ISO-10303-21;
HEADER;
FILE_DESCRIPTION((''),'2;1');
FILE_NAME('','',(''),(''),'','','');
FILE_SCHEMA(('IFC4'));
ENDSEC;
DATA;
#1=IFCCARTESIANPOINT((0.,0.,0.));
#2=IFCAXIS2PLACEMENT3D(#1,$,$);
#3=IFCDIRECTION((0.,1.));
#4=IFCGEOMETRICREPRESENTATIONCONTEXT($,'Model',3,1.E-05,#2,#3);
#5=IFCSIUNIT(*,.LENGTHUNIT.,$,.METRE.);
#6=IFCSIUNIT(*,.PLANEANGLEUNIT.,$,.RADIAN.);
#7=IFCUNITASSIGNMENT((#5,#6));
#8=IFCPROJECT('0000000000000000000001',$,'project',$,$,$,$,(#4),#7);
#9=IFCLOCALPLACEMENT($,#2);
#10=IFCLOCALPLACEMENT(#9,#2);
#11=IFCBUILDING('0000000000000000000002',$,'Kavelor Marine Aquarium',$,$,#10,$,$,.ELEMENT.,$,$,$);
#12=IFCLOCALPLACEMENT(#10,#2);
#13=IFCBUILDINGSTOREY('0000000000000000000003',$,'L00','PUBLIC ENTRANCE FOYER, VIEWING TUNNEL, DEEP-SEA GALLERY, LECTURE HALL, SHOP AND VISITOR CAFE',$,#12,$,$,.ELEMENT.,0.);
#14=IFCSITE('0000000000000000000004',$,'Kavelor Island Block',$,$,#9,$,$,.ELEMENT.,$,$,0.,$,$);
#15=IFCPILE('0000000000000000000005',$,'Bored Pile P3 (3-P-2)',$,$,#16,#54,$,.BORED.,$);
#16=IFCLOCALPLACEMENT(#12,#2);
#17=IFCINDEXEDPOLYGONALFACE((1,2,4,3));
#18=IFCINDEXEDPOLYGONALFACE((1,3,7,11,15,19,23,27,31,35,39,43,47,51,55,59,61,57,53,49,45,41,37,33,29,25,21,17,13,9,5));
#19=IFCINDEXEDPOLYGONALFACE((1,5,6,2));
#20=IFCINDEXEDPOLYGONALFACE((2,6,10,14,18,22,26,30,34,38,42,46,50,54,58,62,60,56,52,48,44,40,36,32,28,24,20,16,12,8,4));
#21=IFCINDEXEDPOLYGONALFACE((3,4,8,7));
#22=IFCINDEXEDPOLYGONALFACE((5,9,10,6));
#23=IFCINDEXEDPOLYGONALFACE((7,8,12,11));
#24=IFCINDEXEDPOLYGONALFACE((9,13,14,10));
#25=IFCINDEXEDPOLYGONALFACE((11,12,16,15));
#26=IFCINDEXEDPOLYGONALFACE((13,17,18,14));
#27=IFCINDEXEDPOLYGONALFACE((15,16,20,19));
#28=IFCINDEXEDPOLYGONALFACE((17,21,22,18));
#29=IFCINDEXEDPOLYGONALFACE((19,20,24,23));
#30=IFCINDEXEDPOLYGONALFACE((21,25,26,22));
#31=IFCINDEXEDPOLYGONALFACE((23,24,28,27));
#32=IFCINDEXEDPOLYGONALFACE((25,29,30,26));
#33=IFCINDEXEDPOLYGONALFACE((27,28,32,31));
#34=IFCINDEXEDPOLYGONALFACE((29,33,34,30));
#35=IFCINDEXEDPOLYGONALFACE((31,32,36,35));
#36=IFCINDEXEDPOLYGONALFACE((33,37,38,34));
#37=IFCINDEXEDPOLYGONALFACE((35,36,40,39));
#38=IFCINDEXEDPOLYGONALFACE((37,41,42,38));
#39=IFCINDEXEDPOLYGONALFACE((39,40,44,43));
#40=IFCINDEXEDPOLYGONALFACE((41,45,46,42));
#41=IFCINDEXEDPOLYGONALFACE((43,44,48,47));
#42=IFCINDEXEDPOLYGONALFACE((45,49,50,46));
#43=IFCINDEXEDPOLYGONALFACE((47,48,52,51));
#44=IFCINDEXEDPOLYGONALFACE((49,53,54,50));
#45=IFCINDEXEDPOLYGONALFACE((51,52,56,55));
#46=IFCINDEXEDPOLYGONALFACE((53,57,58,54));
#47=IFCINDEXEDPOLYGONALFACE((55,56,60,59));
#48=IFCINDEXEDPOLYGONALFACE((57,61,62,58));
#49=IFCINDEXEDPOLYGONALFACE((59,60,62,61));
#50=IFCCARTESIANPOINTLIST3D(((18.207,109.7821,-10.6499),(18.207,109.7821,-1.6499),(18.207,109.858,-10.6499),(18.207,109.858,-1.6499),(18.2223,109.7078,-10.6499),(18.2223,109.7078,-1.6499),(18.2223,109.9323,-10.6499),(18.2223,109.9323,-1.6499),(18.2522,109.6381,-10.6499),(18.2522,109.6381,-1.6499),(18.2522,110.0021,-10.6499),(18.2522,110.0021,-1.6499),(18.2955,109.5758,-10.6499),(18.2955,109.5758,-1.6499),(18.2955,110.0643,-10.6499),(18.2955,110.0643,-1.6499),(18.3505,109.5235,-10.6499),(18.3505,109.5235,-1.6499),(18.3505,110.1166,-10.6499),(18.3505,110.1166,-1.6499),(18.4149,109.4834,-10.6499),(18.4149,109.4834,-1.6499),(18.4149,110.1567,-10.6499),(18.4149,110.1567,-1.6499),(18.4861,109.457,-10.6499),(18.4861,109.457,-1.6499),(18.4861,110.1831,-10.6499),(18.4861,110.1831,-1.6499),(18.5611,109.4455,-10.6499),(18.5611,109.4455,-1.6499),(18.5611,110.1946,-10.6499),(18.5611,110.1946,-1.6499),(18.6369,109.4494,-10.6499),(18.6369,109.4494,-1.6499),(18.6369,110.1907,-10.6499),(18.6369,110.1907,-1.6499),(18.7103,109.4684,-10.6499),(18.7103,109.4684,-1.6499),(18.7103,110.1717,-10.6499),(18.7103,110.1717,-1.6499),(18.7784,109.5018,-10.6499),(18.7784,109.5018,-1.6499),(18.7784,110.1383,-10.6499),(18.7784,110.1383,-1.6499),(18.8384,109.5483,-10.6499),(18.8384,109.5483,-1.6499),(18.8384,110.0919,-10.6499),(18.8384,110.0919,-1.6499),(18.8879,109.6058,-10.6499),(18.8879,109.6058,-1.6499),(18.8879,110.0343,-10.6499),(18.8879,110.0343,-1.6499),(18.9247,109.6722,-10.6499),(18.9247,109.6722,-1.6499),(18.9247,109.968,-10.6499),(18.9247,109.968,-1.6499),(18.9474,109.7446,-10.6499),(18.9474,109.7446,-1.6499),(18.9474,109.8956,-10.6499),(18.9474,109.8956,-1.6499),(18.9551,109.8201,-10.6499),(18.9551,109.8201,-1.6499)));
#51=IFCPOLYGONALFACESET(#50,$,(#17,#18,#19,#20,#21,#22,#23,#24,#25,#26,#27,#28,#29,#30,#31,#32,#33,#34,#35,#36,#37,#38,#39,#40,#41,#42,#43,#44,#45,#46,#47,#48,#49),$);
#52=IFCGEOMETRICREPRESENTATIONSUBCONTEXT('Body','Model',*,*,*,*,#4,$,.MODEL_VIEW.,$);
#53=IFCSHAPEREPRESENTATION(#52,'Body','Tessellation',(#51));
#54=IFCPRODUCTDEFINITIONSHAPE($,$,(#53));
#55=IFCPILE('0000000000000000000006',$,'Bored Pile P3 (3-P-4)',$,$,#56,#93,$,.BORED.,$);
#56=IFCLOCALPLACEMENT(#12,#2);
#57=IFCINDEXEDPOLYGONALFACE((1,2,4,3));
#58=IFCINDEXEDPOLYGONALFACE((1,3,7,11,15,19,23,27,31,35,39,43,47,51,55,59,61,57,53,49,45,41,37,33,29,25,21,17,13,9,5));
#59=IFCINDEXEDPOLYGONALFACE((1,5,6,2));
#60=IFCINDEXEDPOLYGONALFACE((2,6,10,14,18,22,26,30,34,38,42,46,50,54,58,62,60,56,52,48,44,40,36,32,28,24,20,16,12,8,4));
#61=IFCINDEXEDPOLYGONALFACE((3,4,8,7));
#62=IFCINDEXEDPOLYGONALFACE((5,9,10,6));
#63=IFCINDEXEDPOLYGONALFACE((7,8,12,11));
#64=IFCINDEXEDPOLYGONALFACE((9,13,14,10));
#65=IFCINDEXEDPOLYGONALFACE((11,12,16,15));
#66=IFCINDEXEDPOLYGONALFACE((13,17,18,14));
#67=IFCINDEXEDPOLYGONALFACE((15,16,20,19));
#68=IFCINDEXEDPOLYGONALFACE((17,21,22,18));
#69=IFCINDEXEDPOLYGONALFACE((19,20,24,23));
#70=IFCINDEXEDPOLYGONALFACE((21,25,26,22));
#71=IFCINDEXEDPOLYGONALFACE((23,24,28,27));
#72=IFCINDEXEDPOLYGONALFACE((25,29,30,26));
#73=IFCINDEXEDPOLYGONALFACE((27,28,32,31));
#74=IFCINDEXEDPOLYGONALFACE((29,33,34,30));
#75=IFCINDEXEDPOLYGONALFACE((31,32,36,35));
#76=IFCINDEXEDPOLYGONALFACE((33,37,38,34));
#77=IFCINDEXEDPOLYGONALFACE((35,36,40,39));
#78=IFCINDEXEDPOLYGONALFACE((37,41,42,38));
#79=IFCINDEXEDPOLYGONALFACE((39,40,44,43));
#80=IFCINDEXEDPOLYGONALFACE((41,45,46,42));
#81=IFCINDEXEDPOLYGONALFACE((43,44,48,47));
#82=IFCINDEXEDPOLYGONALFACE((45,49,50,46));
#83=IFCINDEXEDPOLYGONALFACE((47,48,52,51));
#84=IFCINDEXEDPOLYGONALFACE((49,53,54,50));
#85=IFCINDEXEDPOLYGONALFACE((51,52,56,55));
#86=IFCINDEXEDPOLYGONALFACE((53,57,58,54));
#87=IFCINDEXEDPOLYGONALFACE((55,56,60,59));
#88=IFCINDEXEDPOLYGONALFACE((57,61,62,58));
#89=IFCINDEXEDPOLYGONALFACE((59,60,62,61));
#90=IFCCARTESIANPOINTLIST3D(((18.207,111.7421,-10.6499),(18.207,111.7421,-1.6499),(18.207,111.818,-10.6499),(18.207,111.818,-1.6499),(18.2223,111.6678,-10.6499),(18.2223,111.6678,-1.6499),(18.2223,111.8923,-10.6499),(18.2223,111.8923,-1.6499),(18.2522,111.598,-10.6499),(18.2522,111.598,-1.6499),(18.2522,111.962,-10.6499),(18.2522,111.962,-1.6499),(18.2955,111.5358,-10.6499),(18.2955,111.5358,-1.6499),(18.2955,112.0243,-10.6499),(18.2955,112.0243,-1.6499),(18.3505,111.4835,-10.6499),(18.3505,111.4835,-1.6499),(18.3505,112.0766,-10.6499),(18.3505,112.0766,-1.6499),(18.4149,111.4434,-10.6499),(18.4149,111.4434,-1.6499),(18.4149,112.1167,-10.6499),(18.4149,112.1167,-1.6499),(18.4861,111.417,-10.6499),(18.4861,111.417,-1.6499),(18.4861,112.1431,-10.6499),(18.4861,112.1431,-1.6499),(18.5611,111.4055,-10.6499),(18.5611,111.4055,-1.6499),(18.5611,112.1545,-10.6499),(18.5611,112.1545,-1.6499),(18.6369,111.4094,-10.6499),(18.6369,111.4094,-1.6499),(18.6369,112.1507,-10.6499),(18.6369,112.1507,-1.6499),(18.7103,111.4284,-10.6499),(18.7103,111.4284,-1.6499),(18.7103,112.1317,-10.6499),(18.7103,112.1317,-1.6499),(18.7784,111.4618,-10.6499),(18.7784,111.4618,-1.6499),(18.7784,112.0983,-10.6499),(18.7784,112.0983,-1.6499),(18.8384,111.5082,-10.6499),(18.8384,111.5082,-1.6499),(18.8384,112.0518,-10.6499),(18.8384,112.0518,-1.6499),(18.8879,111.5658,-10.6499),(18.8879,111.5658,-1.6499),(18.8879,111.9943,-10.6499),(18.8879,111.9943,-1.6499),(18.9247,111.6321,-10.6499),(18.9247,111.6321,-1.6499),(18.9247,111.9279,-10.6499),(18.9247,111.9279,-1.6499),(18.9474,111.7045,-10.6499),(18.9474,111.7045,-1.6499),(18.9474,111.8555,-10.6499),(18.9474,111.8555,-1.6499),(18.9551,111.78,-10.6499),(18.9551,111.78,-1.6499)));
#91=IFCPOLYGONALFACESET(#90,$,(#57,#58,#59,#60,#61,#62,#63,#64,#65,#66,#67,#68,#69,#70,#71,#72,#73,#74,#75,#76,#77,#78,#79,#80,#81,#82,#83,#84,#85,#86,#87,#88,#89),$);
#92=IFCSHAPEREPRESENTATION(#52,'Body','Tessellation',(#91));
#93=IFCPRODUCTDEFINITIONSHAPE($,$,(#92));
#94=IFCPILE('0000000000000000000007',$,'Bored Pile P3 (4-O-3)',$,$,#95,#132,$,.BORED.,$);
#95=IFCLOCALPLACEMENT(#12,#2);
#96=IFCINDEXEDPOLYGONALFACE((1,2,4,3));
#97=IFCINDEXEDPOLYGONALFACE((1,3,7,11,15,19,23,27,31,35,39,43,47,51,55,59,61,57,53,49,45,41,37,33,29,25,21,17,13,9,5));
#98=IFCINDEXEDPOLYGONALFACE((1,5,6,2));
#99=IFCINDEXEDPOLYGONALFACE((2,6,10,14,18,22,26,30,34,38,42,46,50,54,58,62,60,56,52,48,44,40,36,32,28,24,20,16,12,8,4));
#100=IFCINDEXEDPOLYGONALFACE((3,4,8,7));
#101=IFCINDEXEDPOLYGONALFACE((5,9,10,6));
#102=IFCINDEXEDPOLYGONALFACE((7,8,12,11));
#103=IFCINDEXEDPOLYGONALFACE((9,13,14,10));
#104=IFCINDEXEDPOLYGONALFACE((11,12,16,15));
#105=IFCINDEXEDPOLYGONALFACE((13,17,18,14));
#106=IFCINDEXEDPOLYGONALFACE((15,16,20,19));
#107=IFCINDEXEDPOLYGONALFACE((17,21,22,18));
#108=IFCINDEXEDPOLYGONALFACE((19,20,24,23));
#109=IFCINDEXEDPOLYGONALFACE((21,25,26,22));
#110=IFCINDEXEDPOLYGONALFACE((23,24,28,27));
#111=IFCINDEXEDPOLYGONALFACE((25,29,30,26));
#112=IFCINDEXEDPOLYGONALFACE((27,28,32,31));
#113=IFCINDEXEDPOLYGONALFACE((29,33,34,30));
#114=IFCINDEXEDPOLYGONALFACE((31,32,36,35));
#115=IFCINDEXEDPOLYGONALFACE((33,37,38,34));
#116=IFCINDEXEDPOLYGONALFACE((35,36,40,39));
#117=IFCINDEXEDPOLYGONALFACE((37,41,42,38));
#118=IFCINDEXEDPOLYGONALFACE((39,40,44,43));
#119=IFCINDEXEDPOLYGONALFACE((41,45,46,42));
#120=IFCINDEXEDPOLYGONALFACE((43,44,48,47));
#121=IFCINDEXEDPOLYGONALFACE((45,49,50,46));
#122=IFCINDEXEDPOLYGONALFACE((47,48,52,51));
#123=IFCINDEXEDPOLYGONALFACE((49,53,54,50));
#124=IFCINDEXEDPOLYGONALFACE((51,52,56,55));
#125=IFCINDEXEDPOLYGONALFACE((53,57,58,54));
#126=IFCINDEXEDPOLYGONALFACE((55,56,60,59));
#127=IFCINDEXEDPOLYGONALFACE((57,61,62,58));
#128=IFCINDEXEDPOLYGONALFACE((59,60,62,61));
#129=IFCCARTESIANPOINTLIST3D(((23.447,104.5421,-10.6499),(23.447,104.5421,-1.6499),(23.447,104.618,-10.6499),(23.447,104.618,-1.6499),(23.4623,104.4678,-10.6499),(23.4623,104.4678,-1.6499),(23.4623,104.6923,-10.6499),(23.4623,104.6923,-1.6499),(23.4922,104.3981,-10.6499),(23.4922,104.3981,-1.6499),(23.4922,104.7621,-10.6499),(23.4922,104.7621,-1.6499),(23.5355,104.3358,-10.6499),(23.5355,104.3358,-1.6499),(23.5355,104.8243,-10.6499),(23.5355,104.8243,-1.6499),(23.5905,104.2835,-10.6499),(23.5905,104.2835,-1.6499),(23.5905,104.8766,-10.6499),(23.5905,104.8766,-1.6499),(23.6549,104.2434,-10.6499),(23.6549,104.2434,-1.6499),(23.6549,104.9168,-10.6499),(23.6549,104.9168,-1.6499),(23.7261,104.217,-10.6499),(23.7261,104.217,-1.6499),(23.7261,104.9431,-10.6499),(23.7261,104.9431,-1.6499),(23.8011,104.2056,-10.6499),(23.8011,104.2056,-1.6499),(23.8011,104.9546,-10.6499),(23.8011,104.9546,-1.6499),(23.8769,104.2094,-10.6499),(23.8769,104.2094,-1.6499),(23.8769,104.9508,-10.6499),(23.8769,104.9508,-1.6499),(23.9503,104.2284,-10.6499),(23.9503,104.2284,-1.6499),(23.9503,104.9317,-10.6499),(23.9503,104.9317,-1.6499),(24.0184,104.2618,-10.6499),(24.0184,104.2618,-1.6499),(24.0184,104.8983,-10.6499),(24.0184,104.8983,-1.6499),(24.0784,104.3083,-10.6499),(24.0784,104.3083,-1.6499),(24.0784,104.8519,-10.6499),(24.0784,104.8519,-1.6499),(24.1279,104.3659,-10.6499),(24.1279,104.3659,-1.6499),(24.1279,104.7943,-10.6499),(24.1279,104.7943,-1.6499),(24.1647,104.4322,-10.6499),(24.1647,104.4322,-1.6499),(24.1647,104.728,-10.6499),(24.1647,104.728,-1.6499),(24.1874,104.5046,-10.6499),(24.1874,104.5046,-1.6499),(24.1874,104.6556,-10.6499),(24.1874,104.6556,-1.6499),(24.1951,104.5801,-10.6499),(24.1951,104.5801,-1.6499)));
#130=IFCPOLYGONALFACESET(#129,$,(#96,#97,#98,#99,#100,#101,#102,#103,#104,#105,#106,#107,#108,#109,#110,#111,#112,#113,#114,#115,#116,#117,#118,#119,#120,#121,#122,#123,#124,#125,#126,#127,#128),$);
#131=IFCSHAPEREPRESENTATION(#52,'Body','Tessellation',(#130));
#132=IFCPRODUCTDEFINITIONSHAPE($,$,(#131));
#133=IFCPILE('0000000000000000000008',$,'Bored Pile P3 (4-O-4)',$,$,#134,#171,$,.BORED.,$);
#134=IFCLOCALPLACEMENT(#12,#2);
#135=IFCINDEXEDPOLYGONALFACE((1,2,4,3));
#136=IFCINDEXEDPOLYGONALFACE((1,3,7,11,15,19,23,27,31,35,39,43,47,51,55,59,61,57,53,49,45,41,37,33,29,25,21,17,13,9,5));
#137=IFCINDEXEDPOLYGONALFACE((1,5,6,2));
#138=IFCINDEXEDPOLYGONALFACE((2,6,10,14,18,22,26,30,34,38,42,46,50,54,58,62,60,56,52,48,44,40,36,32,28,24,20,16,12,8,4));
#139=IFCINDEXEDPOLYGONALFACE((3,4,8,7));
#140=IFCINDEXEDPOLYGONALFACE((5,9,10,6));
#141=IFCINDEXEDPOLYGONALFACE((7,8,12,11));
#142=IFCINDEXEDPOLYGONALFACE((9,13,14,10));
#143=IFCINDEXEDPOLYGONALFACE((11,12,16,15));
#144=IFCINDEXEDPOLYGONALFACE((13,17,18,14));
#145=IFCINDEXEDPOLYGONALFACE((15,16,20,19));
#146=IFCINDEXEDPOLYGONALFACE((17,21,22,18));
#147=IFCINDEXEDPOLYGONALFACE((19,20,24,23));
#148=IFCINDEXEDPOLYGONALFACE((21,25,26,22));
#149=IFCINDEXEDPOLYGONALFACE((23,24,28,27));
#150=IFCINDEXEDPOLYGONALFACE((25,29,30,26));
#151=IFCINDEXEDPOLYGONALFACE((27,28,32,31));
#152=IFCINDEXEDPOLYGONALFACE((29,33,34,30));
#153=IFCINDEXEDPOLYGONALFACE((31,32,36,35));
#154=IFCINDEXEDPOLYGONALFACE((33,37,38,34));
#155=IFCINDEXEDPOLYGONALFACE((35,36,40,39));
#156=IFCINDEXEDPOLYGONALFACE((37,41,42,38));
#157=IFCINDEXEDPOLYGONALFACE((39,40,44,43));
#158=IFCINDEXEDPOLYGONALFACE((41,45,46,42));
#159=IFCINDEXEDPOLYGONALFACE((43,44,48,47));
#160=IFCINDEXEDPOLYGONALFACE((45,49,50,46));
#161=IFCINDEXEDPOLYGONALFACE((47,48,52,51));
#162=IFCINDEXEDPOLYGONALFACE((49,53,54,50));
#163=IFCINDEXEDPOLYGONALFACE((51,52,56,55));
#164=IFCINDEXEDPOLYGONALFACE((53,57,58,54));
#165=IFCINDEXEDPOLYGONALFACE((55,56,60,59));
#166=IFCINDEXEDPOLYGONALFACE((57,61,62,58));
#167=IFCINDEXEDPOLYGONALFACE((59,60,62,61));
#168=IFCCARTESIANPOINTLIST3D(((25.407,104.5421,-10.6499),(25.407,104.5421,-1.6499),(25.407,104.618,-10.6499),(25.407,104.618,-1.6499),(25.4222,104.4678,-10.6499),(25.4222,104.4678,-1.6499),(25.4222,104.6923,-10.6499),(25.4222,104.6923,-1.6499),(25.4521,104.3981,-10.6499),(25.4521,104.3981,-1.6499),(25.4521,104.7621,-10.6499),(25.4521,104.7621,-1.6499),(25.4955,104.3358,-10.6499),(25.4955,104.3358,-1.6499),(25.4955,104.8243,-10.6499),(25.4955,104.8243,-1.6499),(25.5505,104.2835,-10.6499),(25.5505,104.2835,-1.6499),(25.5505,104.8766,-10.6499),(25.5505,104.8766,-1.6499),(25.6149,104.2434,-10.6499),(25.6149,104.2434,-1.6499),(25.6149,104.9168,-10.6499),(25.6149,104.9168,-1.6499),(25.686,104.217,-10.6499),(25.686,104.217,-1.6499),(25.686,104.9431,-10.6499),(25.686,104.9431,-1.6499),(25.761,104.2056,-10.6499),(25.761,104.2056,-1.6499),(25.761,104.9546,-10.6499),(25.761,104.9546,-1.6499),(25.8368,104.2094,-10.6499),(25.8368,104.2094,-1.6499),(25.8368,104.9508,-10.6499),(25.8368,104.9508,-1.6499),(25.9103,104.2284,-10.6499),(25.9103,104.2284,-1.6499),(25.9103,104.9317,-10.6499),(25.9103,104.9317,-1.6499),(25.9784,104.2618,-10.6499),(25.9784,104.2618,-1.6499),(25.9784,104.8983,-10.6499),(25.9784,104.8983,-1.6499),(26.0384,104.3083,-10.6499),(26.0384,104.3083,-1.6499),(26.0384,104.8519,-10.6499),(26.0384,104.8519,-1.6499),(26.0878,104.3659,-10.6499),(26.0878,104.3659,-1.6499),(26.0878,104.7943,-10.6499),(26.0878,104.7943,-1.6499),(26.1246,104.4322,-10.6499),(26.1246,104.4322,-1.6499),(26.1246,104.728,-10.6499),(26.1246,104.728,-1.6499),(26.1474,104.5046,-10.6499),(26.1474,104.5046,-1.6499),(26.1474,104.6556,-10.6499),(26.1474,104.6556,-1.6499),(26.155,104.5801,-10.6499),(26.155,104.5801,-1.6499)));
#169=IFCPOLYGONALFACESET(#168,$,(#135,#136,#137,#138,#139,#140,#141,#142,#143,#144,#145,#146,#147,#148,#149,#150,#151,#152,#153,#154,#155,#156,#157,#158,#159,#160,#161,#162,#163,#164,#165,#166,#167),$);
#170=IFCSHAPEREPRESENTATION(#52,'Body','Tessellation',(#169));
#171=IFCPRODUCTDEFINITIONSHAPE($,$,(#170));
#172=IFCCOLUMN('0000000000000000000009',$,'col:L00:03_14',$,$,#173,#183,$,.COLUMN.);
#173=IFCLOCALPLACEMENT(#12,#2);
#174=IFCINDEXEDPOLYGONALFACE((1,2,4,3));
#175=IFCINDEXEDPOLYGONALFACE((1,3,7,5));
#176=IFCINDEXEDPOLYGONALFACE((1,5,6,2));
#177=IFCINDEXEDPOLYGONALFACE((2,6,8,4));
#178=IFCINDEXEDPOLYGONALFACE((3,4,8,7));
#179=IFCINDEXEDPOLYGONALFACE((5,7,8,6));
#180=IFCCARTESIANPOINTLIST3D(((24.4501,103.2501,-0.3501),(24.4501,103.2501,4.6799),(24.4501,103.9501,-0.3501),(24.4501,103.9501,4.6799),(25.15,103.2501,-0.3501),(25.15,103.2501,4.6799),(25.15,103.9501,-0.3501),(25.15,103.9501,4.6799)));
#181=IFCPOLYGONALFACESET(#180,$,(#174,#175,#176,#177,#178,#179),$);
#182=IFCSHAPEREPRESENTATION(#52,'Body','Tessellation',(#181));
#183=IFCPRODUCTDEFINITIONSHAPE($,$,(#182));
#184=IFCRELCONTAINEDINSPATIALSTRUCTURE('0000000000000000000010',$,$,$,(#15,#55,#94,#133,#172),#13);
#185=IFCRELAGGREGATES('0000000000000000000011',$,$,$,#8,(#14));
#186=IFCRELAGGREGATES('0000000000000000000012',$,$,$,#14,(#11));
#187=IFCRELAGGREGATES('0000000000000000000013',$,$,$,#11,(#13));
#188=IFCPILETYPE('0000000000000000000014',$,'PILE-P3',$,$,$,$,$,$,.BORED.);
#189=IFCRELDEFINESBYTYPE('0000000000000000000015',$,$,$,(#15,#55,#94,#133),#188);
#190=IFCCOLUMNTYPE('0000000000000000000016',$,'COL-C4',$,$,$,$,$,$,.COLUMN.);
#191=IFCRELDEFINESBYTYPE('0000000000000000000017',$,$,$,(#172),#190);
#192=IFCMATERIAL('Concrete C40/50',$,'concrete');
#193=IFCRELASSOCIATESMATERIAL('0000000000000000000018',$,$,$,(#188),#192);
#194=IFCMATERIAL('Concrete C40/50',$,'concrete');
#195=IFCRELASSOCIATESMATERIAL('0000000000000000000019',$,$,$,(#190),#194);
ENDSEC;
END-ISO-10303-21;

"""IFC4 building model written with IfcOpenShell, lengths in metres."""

from ifc_helpers import new_model, si_unit, direction, frame, origin, origin_2d, place, context, subcontext, project, spatial, rectangle, circle, extrude, material, material_profile, profile_set, type_object, element, save


model = new_model("IFC4")

# Units and contexts
model_context = context("Model", 3, precision=1e-05, world=origin(), true_north=direction((0.0, 1.0)))
body_context = subcontext(model_context, "Body", "Model", "MODEL_VIEW")
ifc_project = project(units=[si_unit("LENGTHUNIT", "METRE"), si_unit("PLANEANGLEUNIT", "RADIAN")], contexts=[model_context])

# Site, building, storey
site_placement = place(None, origin())
site = spatial("IfcSite", under=ifc_project, at=site_placement, Name="Kavelor Island Block", CompositionType="ELEMENT", RefElevation=0.0)
building_placement = place(site_placement, origin())
building = spatial("IfcBuilding", under=site, at=building_placement, Name="Kavelor Marine Aquarium", CompositionType="ELEMENT")
storey_placement = place(building_placement, origin())
storey = spatial("IfcBuildingStorey", under=building, at=storey_placement, Name="L00", Description="PUBLIC ENTRANCE FOYER, VIEWING TUNNEL, DEEP-SEA GALLERY, LECTURE HALL, SHOP AND VISITOR CAFE", CompositionType="ELEMENT", Elevation=0.0)

# Piles
ifc_material_1 = material(Name="Concrete C40/50", Category="concrete")
ifc_material_profile_1 = material_profile(ifc_material_1, circle(Radius=0.375, at=origin_2d()), Name="PILE D750")
ifc_profile_set_1 = profile_set([ifc_material_profile_1], Name="Concrete C40/50")
pile_type_1 = type_object("IfcPileType", Name="PILE-P3", PredefinedType="BORED", material=ifc_profile_set_1)
for number, where, z_axis, x_axis, name in (
    (1, (18.5801, 109.8201, -1.6499), (0.0, 0.0, -1.0), (1.0, 0.0, 0.0), "Bored Pile P3 (3-P-2)"),
    (2, (18.5801, 111.78, -1.6499), (0.0, 0.0, -1.0), (1.0, 0.0, 0.0), "Bored Pile P3 (3-P-4)"),
    (3, (23.8201, 104.5801, -1.6499), (0.0, 0.0, -1.0), (1.0, 0.0, 0.0), "Bored Pile P3 (4-O-3)"),
    (4, (25.78, 104.5801, -1.6499), (0.0, 0.0, -1.0), (1.0, 0.0, 0.0), "Bored Pile P3 (4-O-4)"),
):
    element("IfcPile", number, at=place(storey_placement, frame(where, z_axis=z_axis, x_axis=x_axis)), inside=storey, type_object=pile_type_1, Name=name, PredefinedType="BORED", context=body_context, shape_type="SweptSolid", body=[
        extrude(circle(Radius=0.375, at=origin_2d()), origin(), (0.0, 0.0, 1.0), 9.0),
    ])

# Column
ifc_material_2 = material(Name="Concrete C40/50", Category="concrete")
ifc_material_profile_2 = material_profile(ifc_material_2, rectangle(XDim=0.7, YDim=0.7, at=origin_2d()), Name="RC-COL 700x700")
ifc_profile_set_2 = profile_set([ifc_material_profile_2], Name="Concrete C40/50")
column_type_1 = type_object("IfcColumnType", Name="COL-C4", PredefinedType="COLUMN", material=ifc_profile_set_2)
column_1_placement = place(storey_placement, frame((24.8, 103.6001, -0.3501), z_axis=(0.0, 0.0, 1.0), x_axis=(1.0, 0.0, 0.0)))
element("IfcColumn", 5, at=column_1_placement, inside=storey, type_object=column_type_1, Name="col:L00:03_14", PredefinedType="COLUMN", context=body_context, shape_type="SweptSolid", body=[
    extrude(rectangle(XDim=0.7, YDim=0.7, at=origin_2d()), origin(), (0.0, 0.0, 1.0), 5.03),
])

save(model, "model.ifc")
